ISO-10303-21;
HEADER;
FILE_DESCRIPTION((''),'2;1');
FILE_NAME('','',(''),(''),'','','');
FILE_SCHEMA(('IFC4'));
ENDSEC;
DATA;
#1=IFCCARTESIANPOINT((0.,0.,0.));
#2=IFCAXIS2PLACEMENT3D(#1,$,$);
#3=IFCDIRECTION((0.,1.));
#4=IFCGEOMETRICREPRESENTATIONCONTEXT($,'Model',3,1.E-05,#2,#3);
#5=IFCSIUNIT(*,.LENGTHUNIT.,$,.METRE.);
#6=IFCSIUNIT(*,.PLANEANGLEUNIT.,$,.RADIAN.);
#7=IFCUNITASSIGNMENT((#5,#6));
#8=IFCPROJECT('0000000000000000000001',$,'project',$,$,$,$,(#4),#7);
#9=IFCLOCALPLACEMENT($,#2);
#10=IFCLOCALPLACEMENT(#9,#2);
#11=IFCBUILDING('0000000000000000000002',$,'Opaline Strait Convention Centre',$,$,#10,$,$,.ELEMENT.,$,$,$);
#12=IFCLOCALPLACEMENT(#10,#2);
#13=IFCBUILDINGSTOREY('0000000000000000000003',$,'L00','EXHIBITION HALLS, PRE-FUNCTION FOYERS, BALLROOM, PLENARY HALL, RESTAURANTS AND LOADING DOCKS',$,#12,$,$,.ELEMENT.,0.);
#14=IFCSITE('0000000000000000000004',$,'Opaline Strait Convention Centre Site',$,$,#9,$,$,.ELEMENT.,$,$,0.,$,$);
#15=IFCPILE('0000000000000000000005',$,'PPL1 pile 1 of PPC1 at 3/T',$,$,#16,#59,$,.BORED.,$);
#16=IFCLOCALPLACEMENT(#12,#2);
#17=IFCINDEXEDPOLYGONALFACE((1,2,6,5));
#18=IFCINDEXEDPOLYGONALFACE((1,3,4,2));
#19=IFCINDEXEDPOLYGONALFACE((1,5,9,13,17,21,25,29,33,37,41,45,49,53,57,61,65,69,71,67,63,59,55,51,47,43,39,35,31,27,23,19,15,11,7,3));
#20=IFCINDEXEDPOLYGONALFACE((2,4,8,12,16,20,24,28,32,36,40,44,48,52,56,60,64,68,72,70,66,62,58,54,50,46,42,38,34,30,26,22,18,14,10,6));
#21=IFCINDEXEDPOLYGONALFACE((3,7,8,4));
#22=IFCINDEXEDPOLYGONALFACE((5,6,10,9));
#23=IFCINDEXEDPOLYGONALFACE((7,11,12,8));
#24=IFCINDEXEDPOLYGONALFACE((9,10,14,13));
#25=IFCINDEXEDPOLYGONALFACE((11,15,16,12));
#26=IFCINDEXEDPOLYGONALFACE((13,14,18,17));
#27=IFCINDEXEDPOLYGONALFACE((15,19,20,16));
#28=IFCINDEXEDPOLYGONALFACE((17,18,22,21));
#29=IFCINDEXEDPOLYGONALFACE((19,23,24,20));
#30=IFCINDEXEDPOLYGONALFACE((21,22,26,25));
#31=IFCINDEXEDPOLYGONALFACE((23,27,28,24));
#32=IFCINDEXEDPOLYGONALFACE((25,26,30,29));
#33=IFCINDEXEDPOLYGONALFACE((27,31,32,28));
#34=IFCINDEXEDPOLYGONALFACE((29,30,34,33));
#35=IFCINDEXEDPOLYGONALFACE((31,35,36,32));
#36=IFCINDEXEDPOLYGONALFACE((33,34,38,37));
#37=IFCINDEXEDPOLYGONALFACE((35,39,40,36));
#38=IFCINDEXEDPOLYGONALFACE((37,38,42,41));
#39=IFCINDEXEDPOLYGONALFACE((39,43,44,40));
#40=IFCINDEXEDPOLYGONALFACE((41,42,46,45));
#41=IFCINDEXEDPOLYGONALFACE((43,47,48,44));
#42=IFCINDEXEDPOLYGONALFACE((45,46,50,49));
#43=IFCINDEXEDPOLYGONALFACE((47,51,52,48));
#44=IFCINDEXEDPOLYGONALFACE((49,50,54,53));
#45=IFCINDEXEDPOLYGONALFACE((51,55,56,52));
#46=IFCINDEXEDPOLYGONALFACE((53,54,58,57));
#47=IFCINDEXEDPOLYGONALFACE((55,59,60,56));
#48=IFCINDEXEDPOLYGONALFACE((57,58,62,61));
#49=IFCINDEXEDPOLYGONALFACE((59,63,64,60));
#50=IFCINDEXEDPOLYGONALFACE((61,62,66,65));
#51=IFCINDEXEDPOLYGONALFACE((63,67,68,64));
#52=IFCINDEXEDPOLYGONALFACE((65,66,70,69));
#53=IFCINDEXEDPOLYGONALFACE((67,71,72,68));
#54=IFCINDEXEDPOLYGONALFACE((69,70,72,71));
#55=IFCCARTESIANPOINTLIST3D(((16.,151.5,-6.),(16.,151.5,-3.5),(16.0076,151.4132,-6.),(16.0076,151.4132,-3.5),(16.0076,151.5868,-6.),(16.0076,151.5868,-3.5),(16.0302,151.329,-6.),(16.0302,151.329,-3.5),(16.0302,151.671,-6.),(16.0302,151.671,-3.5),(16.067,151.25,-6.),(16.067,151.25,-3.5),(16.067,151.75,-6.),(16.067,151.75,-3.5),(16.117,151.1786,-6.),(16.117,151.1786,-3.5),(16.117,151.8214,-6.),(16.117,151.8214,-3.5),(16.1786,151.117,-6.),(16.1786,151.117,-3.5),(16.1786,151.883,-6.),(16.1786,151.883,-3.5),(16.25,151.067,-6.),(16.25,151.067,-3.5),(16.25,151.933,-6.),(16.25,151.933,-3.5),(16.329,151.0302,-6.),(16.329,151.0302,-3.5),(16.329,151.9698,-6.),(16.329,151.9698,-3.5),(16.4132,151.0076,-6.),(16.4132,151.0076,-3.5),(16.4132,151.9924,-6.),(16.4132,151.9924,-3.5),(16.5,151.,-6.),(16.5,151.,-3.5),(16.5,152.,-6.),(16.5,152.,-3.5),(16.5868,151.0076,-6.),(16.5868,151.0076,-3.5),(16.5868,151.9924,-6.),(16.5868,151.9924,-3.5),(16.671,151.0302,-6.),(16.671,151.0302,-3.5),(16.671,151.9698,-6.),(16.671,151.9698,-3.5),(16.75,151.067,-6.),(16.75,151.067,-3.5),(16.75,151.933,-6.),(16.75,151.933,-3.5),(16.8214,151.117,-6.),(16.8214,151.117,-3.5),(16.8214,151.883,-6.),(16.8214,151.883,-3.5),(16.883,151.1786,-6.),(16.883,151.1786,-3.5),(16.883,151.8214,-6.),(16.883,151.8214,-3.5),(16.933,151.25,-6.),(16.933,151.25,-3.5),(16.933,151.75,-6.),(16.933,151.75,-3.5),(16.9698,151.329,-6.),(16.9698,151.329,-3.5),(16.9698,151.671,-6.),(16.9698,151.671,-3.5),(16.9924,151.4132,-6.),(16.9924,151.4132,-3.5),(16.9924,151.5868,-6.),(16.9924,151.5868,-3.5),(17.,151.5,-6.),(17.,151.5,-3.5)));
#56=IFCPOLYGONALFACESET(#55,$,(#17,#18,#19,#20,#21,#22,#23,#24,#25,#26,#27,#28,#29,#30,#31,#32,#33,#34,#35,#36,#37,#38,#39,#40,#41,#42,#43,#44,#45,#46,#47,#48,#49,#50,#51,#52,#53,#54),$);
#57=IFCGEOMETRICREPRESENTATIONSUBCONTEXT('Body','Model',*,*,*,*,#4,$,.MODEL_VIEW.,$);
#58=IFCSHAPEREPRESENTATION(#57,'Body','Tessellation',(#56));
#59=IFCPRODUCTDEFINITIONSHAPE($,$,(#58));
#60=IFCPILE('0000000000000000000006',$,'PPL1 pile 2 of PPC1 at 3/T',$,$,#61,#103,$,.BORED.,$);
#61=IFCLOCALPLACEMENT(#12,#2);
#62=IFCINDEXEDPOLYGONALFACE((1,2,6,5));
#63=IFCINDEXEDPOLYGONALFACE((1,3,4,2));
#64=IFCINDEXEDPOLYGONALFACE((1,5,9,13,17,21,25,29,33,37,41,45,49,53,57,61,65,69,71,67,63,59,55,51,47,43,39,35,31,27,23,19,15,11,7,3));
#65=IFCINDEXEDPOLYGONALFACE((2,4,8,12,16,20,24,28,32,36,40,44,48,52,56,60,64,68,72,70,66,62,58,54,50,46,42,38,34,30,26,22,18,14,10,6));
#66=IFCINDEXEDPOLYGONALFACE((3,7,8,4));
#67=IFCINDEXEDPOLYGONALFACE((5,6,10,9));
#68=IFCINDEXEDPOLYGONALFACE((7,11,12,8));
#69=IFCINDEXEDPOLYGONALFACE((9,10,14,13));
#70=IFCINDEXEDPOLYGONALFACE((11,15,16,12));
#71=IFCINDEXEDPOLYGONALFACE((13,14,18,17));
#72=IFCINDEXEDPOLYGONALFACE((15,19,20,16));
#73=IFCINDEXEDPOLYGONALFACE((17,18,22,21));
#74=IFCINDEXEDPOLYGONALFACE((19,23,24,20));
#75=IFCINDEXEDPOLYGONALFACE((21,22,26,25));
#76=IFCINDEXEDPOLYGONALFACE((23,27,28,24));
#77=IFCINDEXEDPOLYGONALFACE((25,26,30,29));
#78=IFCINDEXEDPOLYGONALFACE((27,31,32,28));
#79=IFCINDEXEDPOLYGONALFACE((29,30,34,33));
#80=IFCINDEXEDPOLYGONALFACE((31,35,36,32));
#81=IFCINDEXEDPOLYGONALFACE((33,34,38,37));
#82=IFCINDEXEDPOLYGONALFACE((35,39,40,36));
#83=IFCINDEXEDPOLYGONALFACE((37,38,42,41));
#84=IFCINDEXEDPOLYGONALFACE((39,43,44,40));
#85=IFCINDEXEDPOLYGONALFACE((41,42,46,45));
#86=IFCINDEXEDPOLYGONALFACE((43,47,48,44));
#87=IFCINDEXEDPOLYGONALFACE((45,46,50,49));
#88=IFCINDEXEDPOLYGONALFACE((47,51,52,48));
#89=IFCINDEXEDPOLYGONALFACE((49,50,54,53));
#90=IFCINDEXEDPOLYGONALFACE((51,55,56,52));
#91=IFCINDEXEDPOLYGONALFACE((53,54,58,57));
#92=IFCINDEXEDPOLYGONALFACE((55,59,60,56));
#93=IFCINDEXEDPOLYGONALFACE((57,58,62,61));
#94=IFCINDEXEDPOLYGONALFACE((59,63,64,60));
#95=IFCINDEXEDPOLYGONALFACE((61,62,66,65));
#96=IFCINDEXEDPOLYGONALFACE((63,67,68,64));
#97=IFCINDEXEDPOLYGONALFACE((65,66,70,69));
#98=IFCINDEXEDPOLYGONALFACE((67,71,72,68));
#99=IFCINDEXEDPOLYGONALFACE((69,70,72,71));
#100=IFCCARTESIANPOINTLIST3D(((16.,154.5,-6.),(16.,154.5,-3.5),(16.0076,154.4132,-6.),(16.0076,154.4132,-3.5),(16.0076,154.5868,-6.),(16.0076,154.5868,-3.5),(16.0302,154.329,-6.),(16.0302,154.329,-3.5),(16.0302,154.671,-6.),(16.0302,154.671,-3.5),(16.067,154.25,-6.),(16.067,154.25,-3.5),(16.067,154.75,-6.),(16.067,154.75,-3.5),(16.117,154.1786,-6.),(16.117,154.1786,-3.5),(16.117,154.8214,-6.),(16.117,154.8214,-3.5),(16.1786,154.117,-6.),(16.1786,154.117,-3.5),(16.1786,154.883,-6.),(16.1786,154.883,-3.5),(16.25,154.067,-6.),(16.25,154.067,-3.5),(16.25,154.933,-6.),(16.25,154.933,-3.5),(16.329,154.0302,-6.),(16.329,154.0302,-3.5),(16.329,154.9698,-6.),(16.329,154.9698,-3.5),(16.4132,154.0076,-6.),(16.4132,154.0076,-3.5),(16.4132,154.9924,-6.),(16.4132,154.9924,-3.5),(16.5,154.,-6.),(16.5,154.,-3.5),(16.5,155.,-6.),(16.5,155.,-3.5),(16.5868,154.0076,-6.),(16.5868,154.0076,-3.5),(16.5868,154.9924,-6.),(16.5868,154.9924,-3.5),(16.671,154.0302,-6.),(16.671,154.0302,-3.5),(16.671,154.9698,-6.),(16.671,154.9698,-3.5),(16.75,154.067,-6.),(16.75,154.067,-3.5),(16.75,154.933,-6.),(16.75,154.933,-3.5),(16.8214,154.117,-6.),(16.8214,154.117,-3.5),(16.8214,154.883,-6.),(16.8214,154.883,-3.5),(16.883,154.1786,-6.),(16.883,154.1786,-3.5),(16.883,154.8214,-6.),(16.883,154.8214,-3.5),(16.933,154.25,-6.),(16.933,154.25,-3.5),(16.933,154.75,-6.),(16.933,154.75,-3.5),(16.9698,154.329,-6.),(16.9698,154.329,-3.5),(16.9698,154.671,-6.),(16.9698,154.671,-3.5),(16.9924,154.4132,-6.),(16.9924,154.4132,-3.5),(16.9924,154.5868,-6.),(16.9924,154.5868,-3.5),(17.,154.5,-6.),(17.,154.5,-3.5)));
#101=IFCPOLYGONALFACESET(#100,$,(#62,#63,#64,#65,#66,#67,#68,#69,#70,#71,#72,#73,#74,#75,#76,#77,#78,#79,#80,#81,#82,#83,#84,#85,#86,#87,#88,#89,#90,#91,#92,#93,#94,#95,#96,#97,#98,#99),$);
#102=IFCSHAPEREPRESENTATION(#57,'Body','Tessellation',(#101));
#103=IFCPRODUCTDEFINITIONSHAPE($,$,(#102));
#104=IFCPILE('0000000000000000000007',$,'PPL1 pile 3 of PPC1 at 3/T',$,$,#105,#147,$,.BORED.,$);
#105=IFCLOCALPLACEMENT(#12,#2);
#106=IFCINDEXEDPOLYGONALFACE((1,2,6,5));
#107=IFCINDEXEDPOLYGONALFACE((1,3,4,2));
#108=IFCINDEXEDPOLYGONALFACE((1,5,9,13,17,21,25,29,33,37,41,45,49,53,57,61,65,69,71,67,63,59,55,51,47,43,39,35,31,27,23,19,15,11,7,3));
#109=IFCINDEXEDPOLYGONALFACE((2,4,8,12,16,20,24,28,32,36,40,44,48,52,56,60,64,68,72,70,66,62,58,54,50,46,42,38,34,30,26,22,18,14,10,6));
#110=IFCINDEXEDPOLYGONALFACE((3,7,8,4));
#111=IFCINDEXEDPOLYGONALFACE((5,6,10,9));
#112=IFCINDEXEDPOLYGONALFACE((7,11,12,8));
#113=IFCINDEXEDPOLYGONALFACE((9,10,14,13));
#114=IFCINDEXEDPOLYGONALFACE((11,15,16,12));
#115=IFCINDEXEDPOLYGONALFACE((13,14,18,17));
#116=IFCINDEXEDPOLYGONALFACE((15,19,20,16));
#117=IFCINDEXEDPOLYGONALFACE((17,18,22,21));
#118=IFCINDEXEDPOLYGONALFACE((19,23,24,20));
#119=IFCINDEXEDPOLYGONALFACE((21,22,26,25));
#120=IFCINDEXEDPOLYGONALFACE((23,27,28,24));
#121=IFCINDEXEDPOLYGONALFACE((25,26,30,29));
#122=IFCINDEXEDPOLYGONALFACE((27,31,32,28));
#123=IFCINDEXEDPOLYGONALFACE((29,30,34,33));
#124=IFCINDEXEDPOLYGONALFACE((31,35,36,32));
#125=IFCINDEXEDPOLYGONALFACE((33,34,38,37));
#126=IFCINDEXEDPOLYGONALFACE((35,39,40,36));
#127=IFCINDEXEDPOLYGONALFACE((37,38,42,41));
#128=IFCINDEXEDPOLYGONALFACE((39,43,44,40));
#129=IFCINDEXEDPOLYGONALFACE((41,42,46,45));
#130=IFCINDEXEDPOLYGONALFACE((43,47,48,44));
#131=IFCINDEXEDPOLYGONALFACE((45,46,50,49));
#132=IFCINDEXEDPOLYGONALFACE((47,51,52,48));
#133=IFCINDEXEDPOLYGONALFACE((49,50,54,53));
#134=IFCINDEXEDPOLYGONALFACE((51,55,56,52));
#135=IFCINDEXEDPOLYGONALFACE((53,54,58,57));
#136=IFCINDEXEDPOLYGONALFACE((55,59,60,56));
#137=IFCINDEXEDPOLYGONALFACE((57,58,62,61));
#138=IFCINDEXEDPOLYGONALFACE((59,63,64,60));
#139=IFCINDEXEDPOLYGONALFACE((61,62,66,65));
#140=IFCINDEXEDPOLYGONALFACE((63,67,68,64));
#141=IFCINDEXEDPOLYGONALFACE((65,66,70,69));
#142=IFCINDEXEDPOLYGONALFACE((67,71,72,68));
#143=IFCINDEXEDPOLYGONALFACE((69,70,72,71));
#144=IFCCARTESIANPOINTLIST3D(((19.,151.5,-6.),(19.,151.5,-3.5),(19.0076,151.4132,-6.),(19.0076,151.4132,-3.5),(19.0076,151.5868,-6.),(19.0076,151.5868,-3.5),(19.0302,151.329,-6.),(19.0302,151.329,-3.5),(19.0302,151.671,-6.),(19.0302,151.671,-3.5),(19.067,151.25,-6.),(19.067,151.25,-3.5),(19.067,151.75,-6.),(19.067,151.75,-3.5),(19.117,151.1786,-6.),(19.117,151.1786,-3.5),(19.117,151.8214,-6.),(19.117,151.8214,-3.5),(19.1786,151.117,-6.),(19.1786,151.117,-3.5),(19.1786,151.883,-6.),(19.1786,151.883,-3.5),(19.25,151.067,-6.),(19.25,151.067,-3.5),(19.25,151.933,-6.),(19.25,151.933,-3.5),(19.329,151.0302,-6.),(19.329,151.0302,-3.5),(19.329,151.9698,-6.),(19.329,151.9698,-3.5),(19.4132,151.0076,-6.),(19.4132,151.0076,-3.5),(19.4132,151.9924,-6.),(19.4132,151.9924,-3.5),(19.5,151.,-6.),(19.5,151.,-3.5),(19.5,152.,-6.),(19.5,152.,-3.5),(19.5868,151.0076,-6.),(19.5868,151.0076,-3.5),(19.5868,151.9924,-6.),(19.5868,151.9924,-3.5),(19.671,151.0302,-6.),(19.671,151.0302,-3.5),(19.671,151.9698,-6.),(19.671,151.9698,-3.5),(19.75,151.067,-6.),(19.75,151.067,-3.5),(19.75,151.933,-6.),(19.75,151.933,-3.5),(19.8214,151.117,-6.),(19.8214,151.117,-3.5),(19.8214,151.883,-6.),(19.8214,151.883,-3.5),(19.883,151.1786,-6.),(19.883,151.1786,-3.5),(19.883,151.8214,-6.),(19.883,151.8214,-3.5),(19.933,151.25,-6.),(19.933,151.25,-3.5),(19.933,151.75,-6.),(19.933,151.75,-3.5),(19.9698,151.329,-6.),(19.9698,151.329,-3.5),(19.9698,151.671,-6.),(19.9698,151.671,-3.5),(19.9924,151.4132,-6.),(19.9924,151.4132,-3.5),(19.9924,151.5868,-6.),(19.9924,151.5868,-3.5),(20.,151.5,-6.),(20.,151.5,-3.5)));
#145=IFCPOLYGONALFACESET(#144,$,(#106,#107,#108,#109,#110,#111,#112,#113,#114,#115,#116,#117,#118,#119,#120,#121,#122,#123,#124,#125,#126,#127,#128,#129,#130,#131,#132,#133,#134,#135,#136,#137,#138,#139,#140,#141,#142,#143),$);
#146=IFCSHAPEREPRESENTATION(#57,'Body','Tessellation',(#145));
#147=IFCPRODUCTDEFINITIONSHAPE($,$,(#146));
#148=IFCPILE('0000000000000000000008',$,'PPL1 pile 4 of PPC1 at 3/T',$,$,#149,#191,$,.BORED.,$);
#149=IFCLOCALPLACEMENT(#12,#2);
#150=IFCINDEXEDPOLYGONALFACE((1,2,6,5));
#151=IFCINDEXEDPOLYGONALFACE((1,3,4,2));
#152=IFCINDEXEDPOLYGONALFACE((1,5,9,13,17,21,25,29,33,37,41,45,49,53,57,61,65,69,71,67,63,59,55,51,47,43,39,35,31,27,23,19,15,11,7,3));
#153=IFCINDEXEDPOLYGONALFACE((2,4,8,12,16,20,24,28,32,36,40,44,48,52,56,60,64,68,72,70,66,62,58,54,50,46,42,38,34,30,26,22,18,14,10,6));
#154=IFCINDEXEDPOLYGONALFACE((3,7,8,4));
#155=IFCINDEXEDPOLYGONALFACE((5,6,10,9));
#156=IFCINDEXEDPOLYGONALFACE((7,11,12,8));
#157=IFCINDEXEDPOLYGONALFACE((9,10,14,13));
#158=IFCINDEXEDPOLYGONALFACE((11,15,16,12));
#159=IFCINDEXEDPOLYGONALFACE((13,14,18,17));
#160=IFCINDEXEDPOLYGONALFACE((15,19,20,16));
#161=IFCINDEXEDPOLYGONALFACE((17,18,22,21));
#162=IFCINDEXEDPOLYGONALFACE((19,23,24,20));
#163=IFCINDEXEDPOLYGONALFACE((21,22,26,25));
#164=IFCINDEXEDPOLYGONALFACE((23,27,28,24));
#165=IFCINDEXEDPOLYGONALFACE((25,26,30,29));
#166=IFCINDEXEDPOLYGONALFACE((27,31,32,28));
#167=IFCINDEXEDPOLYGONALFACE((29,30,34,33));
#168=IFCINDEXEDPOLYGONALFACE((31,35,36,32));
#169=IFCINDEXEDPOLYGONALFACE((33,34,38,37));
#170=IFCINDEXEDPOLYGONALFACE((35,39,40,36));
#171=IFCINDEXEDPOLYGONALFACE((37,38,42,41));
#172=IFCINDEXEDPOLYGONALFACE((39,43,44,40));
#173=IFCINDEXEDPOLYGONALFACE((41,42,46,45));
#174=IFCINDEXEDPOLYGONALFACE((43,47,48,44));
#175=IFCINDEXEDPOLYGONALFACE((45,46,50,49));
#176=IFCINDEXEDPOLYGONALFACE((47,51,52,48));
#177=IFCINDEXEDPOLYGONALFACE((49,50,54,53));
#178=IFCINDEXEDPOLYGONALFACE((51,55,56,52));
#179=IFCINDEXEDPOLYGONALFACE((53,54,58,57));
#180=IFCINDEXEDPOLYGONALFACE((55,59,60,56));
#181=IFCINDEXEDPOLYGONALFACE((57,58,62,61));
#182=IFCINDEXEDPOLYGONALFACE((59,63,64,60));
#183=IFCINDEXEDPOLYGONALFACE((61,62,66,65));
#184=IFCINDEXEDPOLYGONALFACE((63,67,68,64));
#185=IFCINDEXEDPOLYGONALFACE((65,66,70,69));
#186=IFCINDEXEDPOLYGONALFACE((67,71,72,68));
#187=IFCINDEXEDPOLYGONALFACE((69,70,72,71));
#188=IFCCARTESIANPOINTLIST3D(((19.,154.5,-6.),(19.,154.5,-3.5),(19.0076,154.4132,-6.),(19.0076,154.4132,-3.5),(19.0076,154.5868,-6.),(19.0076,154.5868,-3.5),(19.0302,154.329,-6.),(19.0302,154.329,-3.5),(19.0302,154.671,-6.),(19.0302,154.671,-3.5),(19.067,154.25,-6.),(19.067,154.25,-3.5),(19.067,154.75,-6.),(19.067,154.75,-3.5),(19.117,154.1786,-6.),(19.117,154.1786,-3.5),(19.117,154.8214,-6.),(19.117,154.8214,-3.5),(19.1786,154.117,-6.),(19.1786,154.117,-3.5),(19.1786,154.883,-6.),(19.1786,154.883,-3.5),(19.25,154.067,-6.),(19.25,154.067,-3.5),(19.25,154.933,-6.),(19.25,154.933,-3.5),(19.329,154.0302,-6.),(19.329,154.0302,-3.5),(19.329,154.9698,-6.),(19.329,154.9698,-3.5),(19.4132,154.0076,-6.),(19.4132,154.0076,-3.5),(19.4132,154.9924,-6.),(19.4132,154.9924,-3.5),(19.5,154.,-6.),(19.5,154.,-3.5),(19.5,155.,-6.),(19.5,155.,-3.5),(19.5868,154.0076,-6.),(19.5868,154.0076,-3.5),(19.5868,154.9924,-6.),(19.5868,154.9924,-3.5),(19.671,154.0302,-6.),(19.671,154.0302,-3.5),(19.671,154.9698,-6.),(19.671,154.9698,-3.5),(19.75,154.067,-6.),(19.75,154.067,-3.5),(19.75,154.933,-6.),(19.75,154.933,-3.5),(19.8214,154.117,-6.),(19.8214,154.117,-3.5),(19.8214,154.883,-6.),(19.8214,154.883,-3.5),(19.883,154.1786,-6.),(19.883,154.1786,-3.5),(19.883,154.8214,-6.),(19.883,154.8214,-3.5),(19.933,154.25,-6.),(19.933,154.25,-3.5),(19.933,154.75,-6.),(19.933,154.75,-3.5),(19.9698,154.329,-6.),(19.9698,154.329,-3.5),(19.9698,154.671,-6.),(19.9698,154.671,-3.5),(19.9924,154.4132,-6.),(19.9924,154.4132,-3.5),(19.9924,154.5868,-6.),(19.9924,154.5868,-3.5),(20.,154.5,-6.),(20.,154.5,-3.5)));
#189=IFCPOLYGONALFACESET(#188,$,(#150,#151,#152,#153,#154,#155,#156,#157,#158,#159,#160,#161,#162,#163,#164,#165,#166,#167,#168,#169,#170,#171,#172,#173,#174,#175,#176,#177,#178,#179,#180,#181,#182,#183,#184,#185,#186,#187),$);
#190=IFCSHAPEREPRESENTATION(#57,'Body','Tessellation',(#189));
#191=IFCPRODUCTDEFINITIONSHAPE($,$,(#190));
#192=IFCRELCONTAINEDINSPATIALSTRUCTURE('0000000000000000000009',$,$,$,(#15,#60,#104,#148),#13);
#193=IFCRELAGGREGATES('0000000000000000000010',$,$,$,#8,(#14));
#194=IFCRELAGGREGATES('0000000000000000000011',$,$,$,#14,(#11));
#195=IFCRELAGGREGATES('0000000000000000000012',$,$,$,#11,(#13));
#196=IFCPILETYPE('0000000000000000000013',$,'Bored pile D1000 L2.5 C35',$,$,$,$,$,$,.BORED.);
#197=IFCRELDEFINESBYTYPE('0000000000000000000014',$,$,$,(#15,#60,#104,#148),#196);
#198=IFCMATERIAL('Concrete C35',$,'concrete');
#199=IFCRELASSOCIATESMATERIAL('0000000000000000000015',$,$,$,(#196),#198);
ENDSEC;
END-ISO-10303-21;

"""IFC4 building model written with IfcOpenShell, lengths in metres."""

from ifc_helpers import new_model, si_unit, direction, frame, origin, origin_2d, place, context, subcontext, project, spatial, circle, extrude, material, material_profile, profile_set, type_object, element, save


model = new_model("IFC4")

# Units and contexts
model_context = context("Model", 3, precision=1e-05, world=origin(), true_north=direction((0.0, 1.0)))
body_context = subcontext(model_context, "Body", "Model", "MODEL_VIEW")
ifc_project = project(units=[si_unit("LENGTHUNIT", "METRE"), si_unit("PLANEANGLEUNIT", "RADIAN")], contexts=[model_context])

# Site, building, storey
site_placement = place(None, origin())
site = spatial("IfcSite", under=ifc_project, at=site_placement, Name="Opaline Strait Convention Centre Site", CompositionType="ELEMENT", RefElevation=0.0)
building_placement = place(site_placement, origin())
building = spatial("IfcBuilding", under=site, at=building_placement, Name="Opaline Strait Convention Centre", CompositionType="ELEMENT")
storey_placement = place(building_placement, origin())
storey = spatial("IfcBuildingStorey", under=building, at=storey_placement, Name="L00", Description="EXHIBITION HALLS, PRE-FUNCTION FOYERS, BALLROOM, PLENARY HALL, RESTAURANTS AND LOADING DOCKS", CompositionType="ELEMENT", Elevation=0.0)

# Piles
ifc_material_1 = material(Name="Concrete C35", Category="concrete")
ifc_material_profile_1 = material_profile(ifc_material_1, circle(Radius=0.5, at=origin_2d()), Name="D1000")
ifc_profile_set_1 = profile_set([ifc_material_profile_1], Name="Concrete C35")
pile_type = type_object("IfcPileType", Name="Bored pile D1000 L2.5 C35", PredefinedType="BORED", material=ifc_profile_set_1)
for number, where, z_axis, x_axis, name in (
    (1, (16.5, 151.5, -3.5), (0.0, 0.0, -1.0), (1.0, 0.0, 0.0), "PPL1 pile 1 of PPC1 at 3/T"),
    (2, (16.5, 154.5, -3.5), (0.0, 0.0, -1.0), (1.0, 0.0, 0.0), "PPL1 pile 2 of PPC1 at 3/T"),
    (3, (19.5, 151.5, -3.5), (0.0, 0.0, -1.0), (1.0, 0.0, 0.0), "PPL1 pile 3 of PPC1 at 3/T"),
    (4, (19.5, 154.5, -3.5), (0.0, 0.0, -1.0), (1.0, 0.0, 0.0), "PPL1 pile 4 of PPC1 at 3/T"),
):
    element("IfcPile", number, at=place(storey_placement, frame(where, z_axis=z_axis, x_axis=x_axis)), inside=storey, type_object=pile_type, Name=name, PredefinedType="BORED", context=body_context, shape_type="SweptSolid", body=[
        extrude(circle(Radius=0.5, at=origin_2d()), origin(), (0.0, 0.0, 1.0), 2.5),
    ])

save(model, "model.ifc")
